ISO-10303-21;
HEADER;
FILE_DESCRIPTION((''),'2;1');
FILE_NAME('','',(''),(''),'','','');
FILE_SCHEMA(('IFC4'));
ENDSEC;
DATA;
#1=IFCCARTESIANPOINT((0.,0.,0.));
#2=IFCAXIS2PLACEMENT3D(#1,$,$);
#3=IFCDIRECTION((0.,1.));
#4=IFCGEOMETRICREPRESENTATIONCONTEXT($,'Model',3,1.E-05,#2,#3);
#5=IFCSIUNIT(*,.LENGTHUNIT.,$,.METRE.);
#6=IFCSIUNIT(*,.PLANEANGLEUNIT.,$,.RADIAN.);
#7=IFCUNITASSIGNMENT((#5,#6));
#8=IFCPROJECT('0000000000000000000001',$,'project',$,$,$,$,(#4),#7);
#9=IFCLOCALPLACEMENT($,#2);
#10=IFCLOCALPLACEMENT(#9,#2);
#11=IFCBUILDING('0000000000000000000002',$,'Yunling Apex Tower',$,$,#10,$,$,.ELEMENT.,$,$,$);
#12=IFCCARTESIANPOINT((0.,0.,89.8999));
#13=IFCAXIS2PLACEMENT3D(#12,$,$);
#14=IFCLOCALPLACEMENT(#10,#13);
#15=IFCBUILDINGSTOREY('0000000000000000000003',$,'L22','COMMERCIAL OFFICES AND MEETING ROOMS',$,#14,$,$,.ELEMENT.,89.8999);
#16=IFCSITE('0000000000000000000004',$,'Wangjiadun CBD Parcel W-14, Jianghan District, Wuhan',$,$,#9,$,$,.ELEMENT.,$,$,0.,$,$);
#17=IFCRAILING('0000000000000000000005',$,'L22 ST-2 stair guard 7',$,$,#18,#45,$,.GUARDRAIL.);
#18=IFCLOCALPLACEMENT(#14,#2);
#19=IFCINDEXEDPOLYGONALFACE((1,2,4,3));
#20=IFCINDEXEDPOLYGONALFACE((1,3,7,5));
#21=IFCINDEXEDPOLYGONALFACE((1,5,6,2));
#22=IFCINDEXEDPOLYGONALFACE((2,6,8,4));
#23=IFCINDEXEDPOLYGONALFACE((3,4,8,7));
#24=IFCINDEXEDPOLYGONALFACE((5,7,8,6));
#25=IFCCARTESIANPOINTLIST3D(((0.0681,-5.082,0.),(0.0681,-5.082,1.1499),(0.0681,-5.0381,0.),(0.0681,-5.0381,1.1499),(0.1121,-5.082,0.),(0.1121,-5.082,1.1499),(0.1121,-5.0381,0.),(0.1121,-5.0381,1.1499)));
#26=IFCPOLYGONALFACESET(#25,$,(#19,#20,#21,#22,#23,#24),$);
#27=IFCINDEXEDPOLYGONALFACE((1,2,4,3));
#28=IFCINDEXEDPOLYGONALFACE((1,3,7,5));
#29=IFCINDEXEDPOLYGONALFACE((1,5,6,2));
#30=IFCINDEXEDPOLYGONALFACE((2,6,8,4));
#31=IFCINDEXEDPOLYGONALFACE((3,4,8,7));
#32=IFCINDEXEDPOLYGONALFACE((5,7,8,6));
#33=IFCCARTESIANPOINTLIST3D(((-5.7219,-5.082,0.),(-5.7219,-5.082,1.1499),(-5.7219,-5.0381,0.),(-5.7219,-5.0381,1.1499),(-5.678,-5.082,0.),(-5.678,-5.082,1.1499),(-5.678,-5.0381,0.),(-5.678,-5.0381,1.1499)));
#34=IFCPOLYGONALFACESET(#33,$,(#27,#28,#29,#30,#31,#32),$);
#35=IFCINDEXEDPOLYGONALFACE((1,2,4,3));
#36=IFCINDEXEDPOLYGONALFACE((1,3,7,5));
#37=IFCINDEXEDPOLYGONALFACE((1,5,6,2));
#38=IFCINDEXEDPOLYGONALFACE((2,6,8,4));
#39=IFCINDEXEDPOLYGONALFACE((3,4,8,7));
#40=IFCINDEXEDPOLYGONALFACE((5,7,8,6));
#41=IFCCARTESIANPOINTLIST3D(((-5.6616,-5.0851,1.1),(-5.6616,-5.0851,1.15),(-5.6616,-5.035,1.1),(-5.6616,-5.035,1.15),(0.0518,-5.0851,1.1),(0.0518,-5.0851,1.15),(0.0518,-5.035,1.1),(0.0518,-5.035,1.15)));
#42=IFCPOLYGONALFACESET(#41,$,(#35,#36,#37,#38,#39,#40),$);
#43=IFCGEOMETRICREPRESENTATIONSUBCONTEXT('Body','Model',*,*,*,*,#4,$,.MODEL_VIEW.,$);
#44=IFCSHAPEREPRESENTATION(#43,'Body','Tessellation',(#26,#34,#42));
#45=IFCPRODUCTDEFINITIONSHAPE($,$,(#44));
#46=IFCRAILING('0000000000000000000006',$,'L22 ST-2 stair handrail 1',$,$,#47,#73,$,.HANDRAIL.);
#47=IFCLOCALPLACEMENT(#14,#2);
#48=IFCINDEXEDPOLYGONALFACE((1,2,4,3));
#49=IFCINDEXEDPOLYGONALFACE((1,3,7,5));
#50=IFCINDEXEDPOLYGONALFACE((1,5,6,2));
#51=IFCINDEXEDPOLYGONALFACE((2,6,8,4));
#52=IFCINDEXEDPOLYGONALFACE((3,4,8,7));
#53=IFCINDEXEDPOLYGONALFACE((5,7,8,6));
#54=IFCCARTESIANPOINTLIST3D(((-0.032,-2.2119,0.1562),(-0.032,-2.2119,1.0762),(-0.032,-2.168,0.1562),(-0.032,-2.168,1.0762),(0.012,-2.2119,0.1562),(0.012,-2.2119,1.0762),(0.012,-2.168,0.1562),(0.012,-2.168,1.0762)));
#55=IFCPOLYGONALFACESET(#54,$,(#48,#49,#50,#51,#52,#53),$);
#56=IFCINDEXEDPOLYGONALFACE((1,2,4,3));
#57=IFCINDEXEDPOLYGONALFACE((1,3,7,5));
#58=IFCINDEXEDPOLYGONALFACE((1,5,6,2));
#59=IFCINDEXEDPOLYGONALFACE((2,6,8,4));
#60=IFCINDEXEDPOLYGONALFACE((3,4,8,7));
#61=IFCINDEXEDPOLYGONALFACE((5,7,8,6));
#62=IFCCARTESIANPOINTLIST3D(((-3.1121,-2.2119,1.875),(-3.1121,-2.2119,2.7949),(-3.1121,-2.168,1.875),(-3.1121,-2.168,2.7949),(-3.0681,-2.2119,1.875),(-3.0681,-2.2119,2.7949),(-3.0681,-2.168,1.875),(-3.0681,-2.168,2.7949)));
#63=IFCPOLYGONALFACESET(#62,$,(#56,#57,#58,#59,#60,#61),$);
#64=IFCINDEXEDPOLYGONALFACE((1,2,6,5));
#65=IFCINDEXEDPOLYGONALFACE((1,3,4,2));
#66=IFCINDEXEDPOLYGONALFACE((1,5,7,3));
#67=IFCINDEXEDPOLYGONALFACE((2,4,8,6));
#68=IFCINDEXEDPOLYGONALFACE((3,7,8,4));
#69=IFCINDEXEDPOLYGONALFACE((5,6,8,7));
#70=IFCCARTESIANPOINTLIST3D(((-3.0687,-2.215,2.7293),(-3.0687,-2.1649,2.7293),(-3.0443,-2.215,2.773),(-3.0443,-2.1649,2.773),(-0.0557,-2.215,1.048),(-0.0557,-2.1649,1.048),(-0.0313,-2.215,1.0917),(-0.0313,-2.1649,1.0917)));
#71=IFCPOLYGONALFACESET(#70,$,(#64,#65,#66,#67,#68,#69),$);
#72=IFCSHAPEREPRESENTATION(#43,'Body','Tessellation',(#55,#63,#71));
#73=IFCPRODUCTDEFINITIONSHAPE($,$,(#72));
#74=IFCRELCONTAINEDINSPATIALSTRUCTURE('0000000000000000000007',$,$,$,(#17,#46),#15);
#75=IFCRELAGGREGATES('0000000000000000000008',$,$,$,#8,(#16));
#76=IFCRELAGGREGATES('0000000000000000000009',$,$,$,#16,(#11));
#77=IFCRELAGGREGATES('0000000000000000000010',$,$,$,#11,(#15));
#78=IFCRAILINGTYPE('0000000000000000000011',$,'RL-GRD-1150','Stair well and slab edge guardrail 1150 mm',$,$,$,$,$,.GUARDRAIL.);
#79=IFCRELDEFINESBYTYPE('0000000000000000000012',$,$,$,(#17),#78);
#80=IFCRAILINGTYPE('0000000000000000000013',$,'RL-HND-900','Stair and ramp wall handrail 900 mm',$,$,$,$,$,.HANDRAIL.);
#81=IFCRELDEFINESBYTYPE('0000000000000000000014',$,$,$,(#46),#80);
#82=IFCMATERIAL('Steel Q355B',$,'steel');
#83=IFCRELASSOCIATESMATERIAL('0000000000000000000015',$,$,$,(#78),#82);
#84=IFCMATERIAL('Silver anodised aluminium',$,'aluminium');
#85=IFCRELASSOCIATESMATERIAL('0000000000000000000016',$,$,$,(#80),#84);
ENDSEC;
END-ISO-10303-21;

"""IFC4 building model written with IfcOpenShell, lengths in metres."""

from ifc_helpers import new_model, si_unit, direction, frame, origin, origin_2d, place, context, subcontext, project, spatial, rectangle, extrude, material, type_object, element, save


model = new_model("IFC4")

# Units and contexts
model_context = context("Model", 3, precision=1e-05, world=origin(), true_north=direction((0.0, 1.0)))
body_context = subcontext(model_context, "Body", "Model", "MODEL_VIEW")
ifc_project = project(units=[si_unit("LENGTHUNIT", "METRE"), si_unit("PLANEANGLEUNIT", "RADIAN")], contexts=[model_context])

# Site, building, storey
site_placement = place(None, origin())
site = spatial("IfcSite", under=ifc_project, at=site_placement, Name="Wangjiadun CBD Parcel W-14, Jianghan District, Wuhan", CompositionType="ELEMENT", RefElevation=0.0)
building_placement = place(site_placement, origin())
building = spatial("IfcBuilding", under=site, at=building_placement, Name="Yunling Apex Tower", CompositionType="ELEMENT")
storey_placement = place(building_placement, frame((0.0, 0.0, 89.8999)))
storey = spatial("IfcBuildingStorey", under=building, at=storey_placement, Name="L22", Description="COMMERCIAL OFFICES AND MEETING ROOMS", CompositionType="ELEMENT", Elevation=89.8999)

# Shared definitions
ifc_material_1 = material(Name="Steel Q355B", Category="steel")

# Railings
railing_type_1 = type_object("IfcRailingType", Name="RL-GRD-1150", Description="Stair well and slab edge guardrail 1150 mm", PredefinedType="GUARDRAIL", material=ifc_material_1)
railing_1_placement = place(storey_placement, frame((0.0901, -5.0601, 0.0)))
element("IfcRailing", 1, at=railing_1_placement, inside=storey, type_object=railing_type_1, Name="L22 ST-2 stair guard 7", PredefinedType="GUARDRAIL", context=body_context, shape_type="SweptSolid", body=[
    extrude(rectangle(XDim=0.0439, YDim=0.0439, at=origin_2d()), origin(), (0.0, 0.0, 1.0), 1.1499),
    extrude(rectangle(XDim=0.0439, YDim=0.0439, at=origin_2d()), frame((-5.79, 0.0, 0.0)), (0.0, 0.0, 1.0), 1.1499),
    extrude(rectangle(XDim=0.05, YDim=0.05, at=origin_2d()), frame((-0.0383, 0.0, 1.125), z_axis=(-1.0, 0.0, 0.0), x_axis=(0.0, -1.0, 0.0)), (0.0, 0.0, 1.0), 5.7134),
])
ifc_material_2 = material(Name="Silver anodised aluminium", Category="aluminium")
railing_type_2 = type_object("IfcRailingType", Name="RL-HND-900", Description="Stair and ramp wall handrail 900 mm", PredefinedType="HANDRAIL", material=ifc_material_2)
railing_2_placement = place(storey_placement, frame((-0.01, -2.1899, 0.1562)))
element("IfcRailing", 2, at=railing_2_placement, inside=storey, type_object=railing_type_2, Name="L22 ST-2 stair handrail 1", PredefinedType="HANDRAIL", context=body_context, shape_type="SweptSolid", body=[
    extrude(rectangle(XDim=0.0439, YDim=0.0439, at=origin_2d()), origin(), (0.0, 0.0, 1.0), 0.9199),
    extrude(rectangle(XDim=0.0439, YDim=0.0439, at=origin_2d()), frame((-3.0801, 0.0, 1.7188)), (0.0, 0.0, 1.0), 0.9199),
    extrude(rectangle(XDim=0.05, YDim=0.05, at=origin_2d()), frame((-0.0334, 0.0, 0.9136), z_axis=(-0.873242, 0.0, 0.487288), x_axis=(0.0, -1.0, 0.0)), (0.0, 0.0, 1.0), 3.4504),
])

save(model, "model.ifc")
